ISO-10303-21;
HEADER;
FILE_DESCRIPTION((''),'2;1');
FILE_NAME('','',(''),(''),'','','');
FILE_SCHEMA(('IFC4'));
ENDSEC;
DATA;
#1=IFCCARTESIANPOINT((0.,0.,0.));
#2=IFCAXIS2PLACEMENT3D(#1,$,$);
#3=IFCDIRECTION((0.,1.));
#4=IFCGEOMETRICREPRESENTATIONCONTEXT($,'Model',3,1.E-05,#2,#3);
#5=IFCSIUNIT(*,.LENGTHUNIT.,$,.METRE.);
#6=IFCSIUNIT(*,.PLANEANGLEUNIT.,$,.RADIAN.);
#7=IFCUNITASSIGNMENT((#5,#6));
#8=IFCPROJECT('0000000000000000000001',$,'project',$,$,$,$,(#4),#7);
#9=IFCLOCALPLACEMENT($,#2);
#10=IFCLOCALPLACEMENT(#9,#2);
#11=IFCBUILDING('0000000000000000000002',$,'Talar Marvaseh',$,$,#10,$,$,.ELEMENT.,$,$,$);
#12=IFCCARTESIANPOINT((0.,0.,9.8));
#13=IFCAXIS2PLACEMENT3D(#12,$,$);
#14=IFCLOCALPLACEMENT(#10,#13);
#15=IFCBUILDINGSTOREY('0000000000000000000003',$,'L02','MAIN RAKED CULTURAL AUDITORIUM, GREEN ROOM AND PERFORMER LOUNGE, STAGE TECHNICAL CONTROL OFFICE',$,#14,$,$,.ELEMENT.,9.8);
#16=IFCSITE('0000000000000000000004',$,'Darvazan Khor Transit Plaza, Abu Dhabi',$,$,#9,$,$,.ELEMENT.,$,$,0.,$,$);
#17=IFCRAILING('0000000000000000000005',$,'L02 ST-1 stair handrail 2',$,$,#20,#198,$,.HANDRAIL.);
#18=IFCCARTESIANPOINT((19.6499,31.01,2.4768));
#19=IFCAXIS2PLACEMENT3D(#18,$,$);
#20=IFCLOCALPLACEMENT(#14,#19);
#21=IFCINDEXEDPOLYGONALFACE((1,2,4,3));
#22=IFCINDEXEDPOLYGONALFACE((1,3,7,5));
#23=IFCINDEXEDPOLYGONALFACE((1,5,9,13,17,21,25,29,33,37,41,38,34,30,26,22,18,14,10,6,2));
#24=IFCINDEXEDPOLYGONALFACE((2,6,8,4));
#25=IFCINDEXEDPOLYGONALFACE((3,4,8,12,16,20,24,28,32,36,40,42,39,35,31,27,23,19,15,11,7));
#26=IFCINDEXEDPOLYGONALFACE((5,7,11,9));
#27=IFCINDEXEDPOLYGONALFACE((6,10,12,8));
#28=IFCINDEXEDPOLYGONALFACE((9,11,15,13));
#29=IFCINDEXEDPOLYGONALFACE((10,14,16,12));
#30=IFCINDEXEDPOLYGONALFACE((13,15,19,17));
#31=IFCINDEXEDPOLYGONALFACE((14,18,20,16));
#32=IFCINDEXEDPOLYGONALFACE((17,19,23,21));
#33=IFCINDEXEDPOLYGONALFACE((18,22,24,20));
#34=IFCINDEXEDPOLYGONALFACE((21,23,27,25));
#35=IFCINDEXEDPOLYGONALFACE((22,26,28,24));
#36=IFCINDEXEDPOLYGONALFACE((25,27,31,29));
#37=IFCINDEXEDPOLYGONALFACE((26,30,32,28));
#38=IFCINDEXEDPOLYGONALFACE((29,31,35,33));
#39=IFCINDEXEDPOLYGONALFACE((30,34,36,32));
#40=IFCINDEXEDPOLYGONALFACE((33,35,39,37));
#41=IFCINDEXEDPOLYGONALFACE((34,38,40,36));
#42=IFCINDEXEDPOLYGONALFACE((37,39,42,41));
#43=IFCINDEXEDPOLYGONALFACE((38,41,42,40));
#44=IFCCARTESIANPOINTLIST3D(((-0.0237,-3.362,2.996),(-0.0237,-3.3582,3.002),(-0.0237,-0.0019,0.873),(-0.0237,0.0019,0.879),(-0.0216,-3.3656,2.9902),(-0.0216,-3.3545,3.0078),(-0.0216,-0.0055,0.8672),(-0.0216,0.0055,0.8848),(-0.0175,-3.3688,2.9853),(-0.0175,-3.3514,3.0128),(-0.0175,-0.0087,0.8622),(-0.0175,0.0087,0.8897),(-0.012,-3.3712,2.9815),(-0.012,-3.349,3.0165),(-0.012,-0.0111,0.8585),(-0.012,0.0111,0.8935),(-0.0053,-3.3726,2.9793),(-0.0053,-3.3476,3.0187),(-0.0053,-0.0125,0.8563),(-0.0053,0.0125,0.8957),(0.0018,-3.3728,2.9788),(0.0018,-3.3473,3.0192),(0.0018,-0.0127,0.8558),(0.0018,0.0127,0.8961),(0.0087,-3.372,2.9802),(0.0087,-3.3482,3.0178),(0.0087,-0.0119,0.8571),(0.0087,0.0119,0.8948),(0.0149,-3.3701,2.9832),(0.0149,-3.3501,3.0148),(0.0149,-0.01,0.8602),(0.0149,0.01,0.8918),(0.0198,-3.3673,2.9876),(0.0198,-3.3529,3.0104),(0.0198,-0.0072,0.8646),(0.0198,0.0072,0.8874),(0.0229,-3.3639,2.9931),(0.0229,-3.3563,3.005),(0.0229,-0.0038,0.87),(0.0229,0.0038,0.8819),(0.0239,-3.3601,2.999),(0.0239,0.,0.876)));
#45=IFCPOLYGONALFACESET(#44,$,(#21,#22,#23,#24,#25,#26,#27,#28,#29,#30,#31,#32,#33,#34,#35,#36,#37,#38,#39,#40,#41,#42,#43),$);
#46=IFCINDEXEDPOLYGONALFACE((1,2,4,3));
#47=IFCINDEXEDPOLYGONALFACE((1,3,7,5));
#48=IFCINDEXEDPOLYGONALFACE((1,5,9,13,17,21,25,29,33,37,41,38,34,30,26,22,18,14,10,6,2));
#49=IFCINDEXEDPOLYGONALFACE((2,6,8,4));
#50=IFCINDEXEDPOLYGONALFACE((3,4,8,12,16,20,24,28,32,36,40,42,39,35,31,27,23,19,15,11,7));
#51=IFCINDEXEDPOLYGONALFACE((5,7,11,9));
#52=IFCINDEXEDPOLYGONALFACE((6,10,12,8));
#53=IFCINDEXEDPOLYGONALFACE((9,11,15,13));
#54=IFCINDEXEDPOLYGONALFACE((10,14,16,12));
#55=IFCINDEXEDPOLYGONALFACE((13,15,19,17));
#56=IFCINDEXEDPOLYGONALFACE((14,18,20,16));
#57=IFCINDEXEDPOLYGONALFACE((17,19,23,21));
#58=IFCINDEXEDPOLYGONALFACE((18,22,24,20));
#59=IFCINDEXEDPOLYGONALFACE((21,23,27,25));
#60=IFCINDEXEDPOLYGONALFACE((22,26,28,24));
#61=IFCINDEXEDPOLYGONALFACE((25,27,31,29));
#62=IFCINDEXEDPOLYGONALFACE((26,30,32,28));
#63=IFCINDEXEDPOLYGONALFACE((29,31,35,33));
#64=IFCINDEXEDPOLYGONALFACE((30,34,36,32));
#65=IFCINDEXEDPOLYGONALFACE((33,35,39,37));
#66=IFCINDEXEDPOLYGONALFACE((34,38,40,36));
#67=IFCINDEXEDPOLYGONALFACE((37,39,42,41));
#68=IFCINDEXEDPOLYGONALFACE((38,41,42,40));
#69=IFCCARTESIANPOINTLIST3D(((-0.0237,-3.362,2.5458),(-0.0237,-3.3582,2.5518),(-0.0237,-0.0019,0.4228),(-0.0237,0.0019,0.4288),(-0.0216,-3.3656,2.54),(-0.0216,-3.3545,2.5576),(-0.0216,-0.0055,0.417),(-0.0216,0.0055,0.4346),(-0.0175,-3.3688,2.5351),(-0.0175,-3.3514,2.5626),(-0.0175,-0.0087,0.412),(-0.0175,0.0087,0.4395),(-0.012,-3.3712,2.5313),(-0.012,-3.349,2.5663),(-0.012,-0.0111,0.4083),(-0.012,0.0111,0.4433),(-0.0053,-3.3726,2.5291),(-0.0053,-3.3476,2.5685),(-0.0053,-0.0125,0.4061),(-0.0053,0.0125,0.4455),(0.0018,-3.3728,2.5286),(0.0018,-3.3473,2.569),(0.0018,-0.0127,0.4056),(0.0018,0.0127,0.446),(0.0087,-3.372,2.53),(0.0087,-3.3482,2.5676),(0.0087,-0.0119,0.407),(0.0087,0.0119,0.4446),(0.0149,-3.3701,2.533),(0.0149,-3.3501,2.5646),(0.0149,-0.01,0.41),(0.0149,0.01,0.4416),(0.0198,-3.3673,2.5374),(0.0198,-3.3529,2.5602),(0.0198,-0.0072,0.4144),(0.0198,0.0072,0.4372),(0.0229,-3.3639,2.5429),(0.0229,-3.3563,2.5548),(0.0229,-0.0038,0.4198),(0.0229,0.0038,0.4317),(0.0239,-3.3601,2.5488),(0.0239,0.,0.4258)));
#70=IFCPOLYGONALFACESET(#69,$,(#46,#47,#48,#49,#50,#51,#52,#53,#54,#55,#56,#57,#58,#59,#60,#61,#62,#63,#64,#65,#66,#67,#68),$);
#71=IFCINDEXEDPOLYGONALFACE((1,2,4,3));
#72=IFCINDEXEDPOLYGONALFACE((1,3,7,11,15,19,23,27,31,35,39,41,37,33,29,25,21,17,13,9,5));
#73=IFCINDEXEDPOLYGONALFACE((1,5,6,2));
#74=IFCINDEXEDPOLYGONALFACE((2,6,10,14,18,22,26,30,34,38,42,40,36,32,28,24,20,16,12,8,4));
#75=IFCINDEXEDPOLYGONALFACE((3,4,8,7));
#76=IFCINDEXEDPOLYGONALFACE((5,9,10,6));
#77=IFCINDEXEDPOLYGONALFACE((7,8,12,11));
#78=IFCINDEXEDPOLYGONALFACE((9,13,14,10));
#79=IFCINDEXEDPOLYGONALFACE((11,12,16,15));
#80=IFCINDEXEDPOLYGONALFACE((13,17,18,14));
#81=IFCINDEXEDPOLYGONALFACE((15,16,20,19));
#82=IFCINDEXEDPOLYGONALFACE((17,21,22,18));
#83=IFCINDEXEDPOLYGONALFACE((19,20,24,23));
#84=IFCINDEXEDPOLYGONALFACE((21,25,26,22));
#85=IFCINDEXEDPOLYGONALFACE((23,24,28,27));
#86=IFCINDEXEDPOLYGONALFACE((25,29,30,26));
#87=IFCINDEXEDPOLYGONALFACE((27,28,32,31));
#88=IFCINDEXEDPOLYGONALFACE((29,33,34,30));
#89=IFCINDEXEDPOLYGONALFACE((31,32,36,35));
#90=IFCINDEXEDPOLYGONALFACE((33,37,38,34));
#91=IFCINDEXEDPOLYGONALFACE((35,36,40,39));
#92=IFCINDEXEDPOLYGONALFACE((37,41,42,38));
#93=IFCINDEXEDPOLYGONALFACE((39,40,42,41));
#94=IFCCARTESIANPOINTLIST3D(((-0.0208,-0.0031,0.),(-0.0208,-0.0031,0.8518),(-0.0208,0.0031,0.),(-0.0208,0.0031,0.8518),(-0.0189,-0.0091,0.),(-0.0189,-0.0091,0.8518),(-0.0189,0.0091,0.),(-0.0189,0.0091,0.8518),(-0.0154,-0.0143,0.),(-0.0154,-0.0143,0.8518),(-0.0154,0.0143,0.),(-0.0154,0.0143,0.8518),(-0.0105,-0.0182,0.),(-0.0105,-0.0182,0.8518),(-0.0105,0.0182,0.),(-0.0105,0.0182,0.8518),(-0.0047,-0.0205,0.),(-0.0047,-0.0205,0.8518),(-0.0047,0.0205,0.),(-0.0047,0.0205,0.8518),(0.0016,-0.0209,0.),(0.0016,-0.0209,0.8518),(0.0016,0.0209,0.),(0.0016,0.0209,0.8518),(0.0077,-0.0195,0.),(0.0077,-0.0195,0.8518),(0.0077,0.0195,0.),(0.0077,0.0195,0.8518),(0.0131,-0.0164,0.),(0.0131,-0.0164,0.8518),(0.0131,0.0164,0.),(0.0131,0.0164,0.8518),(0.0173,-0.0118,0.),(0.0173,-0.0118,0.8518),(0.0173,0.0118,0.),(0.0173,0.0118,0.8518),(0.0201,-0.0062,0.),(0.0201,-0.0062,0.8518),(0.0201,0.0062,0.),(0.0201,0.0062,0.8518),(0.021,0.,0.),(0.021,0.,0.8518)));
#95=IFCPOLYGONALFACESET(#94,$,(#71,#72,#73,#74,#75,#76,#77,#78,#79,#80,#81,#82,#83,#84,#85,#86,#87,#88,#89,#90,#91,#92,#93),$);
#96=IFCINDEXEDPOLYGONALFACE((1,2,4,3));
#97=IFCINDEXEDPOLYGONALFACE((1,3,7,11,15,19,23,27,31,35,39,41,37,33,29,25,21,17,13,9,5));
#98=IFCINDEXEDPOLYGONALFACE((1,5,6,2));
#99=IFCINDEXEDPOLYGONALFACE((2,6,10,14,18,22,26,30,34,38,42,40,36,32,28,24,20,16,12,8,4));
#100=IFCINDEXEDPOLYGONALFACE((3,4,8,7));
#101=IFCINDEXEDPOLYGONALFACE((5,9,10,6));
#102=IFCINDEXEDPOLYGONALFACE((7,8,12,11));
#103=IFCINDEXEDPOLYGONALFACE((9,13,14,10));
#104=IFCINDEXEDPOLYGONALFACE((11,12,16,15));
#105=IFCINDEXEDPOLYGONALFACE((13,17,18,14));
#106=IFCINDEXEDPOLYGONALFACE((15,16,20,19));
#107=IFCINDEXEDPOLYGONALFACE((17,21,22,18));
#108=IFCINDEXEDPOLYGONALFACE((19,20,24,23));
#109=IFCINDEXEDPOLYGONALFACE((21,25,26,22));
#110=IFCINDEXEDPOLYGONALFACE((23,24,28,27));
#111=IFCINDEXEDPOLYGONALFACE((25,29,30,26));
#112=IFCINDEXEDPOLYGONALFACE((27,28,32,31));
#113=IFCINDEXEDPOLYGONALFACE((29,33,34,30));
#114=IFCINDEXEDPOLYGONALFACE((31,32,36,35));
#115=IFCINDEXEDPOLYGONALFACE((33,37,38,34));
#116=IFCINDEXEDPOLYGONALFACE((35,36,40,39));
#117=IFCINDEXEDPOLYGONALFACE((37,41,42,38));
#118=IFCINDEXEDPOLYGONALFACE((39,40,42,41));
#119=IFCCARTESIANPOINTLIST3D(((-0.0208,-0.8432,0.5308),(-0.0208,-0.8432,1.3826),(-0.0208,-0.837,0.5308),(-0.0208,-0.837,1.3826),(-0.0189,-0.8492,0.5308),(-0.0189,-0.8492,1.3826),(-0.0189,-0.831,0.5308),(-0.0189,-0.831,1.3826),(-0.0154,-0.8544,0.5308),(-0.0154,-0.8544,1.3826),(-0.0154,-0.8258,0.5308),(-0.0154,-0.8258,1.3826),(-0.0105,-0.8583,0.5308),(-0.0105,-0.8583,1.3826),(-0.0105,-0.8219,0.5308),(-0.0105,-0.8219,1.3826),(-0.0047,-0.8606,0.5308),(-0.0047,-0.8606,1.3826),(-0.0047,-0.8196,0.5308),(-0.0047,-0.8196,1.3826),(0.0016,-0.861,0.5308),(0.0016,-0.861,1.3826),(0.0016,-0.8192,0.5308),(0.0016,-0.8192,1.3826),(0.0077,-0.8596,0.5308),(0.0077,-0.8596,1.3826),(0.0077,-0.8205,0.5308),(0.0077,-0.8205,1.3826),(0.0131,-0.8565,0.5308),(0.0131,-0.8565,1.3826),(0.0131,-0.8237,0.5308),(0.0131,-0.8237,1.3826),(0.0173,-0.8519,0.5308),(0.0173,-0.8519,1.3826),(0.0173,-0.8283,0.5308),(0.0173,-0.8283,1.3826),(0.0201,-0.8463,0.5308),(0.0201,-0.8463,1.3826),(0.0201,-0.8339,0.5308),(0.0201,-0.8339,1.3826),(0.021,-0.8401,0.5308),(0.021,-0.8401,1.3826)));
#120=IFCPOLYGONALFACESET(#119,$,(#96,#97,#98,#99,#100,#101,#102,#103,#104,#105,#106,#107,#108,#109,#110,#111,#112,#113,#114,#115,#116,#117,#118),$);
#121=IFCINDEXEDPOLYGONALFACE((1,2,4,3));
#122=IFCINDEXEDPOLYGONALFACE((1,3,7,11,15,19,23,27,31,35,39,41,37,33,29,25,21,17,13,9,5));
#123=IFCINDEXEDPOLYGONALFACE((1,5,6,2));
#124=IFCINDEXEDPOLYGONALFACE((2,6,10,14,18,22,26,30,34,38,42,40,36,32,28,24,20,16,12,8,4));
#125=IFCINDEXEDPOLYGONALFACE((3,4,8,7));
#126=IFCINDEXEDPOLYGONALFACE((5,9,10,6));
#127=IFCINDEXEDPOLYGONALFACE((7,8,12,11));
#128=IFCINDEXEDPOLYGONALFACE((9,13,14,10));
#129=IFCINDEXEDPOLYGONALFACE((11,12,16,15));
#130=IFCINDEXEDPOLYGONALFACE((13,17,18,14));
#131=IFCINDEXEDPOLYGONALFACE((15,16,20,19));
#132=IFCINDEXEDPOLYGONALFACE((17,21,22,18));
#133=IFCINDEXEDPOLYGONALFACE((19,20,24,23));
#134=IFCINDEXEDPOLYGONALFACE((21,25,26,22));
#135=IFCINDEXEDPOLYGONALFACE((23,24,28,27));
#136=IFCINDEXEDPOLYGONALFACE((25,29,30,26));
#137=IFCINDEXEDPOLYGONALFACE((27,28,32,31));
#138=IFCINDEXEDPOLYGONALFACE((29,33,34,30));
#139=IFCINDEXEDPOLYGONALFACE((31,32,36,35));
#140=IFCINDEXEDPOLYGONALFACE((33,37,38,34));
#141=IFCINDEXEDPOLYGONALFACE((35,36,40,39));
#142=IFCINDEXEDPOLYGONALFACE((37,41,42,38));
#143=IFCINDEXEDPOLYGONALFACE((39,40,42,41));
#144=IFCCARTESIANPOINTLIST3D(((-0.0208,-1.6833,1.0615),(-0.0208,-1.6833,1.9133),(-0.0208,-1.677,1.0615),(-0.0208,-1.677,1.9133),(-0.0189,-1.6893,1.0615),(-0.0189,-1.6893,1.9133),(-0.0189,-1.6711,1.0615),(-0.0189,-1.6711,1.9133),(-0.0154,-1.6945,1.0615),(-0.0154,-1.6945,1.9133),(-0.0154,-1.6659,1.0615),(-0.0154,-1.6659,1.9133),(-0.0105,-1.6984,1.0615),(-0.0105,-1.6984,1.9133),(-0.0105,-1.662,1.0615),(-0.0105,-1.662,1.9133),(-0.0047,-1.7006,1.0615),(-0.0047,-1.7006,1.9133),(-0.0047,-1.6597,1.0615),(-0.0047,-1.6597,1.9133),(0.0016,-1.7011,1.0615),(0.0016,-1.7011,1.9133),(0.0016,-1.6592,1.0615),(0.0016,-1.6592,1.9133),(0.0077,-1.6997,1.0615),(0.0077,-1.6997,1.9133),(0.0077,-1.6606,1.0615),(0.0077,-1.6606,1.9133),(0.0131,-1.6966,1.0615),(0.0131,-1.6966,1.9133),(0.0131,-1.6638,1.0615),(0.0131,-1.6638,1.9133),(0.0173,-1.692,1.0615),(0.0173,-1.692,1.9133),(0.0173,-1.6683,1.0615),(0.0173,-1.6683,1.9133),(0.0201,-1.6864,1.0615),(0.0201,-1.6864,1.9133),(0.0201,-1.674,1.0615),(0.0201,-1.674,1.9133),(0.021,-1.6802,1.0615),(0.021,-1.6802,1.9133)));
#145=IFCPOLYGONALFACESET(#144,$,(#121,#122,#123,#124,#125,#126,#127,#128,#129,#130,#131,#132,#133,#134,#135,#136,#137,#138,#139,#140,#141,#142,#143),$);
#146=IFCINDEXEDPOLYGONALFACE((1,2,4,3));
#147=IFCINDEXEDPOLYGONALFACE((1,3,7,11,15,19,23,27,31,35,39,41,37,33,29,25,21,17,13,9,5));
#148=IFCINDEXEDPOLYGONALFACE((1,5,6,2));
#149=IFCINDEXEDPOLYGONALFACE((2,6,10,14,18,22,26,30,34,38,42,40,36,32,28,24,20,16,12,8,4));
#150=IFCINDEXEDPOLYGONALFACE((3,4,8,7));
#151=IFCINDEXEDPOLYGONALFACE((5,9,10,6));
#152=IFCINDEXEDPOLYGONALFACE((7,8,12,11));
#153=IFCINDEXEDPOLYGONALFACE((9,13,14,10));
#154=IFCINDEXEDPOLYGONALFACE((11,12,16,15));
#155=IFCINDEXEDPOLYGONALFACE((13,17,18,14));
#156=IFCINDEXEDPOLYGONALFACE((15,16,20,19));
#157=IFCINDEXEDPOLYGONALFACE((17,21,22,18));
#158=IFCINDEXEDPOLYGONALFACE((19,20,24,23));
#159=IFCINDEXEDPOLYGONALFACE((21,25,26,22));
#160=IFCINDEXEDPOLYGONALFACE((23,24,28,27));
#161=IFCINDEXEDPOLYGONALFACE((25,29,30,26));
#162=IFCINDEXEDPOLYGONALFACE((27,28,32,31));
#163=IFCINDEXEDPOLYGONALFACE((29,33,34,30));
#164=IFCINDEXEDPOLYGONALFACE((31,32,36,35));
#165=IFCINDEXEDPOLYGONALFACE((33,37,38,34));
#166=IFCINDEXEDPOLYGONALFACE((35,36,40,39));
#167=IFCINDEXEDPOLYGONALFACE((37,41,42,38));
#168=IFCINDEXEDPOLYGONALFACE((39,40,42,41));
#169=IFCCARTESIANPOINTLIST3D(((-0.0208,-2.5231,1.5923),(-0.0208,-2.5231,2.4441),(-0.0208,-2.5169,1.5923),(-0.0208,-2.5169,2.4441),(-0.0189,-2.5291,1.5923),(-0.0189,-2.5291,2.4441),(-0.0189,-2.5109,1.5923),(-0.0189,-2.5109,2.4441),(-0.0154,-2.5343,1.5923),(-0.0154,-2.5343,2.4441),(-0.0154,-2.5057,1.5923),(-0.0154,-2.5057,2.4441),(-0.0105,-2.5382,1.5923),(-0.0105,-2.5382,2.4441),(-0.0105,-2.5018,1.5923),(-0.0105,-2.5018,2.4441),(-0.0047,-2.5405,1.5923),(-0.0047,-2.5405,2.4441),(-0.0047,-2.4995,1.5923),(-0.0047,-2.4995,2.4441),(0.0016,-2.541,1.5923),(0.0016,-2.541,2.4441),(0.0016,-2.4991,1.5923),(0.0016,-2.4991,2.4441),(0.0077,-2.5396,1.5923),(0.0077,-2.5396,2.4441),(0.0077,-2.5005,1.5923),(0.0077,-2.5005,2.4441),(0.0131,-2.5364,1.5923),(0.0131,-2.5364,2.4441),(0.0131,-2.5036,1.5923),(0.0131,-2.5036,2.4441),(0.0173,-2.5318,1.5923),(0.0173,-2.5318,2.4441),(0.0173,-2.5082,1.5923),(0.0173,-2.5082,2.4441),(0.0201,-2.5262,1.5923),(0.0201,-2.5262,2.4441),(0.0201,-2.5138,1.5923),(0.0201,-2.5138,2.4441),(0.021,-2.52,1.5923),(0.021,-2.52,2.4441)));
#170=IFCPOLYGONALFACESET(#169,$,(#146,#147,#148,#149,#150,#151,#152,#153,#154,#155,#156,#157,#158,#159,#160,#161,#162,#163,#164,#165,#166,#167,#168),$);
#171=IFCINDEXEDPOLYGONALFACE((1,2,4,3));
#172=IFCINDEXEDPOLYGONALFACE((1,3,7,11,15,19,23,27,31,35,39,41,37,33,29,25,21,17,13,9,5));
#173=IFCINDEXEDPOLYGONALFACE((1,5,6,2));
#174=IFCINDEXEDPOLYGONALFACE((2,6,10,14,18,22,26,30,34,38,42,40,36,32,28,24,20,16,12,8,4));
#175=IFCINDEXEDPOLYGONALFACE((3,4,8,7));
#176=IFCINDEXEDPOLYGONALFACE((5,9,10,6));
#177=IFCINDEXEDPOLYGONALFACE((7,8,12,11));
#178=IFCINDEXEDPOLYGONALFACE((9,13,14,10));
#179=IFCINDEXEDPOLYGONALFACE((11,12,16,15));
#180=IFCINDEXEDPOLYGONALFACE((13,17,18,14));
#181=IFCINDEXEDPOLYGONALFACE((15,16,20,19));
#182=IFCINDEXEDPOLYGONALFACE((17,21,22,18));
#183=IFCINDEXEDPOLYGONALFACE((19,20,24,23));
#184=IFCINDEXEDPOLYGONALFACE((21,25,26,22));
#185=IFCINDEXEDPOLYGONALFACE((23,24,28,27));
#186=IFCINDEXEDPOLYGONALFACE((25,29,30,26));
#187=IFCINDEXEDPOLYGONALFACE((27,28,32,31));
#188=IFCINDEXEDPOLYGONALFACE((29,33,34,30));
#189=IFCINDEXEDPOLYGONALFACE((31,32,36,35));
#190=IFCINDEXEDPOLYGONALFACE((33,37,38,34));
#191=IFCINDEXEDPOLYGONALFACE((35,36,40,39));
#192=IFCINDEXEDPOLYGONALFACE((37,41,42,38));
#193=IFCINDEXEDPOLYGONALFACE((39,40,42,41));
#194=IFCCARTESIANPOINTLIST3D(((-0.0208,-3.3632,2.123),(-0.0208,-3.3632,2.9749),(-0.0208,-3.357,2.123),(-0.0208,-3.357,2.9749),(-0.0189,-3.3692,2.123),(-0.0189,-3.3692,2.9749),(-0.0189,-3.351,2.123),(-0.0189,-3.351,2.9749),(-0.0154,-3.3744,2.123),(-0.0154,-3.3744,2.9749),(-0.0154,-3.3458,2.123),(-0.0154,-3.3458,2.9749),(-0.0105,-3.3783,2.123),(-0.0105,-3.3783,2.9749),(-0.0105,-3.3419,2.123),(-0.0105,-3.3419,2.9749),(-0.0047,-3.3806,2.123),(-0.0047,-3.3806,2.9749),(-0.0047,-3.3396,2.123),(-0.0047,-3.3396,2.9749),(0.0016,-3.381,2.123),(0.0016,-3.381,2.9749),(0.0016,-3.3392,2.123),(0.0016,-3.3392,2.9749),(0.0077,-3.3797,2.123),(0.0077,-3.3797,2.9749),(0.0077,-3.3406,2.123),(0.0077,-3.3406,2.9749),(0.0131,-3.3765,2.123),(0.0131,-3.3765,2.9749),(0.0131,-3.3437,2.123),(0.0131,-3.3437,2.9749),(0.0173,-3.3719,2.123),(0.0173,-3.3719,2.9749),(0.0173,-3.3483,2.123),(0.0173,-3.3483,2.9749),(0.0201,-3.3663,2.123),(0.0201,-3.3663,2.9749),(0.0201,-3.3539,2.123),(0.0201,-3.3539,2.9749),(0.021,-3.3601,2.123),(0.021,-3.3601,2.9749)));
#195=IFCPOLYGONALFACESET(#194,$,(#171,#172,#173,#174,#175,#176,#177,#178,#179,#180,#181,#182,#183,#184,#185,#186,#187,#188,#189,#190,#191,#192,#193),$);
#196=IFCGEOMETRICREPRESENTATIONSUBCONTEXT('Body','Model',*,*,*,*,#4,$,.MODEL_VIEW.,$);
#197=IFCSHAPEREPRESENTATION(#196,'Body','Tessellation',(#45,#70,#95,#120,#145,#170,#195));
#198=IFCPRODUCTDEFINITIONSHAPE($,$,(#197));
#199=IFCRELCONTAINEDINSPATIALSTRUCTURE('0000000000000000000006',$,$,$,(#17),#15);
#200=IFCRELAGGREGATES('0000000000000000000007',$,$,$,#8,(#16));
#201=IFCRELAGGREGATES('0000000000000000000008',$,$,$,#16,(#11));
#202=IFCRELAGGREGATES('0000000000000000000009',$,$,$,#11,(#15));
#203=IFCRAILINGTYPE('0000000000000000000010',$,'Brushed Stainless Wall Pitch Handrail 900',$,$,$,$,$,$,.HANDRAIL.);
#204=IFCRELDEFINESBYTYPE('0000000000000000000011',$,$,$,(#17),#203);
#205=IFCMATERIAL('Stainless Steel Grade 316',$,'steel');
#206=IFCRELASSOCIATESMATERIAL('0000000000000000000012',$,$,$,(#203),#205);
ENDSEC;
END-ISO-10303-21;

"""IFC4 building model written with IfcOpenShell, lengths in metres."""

from ifc_helpers import new_model, si_unit, direction, frame, origin, origin_2d, place, context, subcontext, project, spatial, circle, extrude, material, type_object, element, save


model = new_model("IFC4")

# Units and contexts
model_context = context("Model", 3, precision=1e-05, world=origin(), true_north=direction((0.0, 1.0)))
body_context = subcontext(model_context, "Body", "Model", "MODEL_VIEW")
ifc_project = project(units=[si_unit("LENGTHUNIT", "METRE"), si_unit("PLANEANGLEUNIT", "RADIAN")], contexts=[model_context])

# Site, building, storey
site_placement = place(None, origin())
site = spatial("IfcSite", under=ifc_project, at=site_placement, Name="Darvazan Khor Transit Plaza, Abu Dhabi", CompositionType="ELEMENT", RefElevation=0.0)
building_placement = place(site_placement, origin())
building = spatial("IfcBuilding", under=site, at=building_placement, Name="Talar Marvaseh", CompositionType="ELEMENT")
storey_placement = place(building_placement, frame((0.0, 0.0, 9.8)))
storey = spatial("IfcBuildingStorey", under=building, at=storey_placement, Name="L02", Description="MAIN RAKED CULTURAL AUDITORIUM, GREEN ROOM AND PERFORMER LOUNGE, STAGE TECHNICAL CONTROL OFFICE", CompositionType="ELEMENT", Elevation=9.8)

# Shared definitions
ifc_material_1 = material(Name="Stainless Steel Grade 316", Category="steel")

# Railing
railing_type_1 = type_object("IfcRailingType", Name="Brushed Stainless Wall Pitch Handrail 900", PredefinedType="HANDRAIL", material=ifc_material_1)
railing_1_placement = place(storey_placement, frame((19.6499, 31.01, 2.4768)))
element("IfcRailing", 1, at=railing_1_placement, inside=storey, type_object=railing_type_1, Name="L02 ST-1 stair handrail 2", PredefinedType="HANDRAIL", context=body_context, shape_type="SweptSolid", body=[
    extrude(circle(Radius=0.0239, at=origin_2d()), frame((0.0, 0.0, 0.876), z_axis=(0.0, -0.84539, 0.53415), x_axis=(1.0, 0.0, 0.0)), (0.0, 0.0, 1.0), 3.9746),
    extrude(circle(Radius=0.0239, at=origin_2d()), frame((0.0, 0.0, 0.4258), z_axis=(0.0, -0.84539, 0.53415), x_axis=(1.0, 0.0, 0.0)), (0.0, 0.0, 1.0), 3.9746),
    extrude(circle(Radius=0.021, at=origin_2d()), origin(), (0.0, 0.0, 1.0), 0.8518),
    extrude(circle(Radius=0.021, at=origin_2d()), frame((0.0, -0.8401, 0.5308)), (0.0, 0.0, 1.0), 0.8518),
    extrude(circle(Radius=0.021, at=origin_2d()), frame((0.0, -1.6802, 1.0615)), (0.0, 0.0, 1.0), 0.8518),
    extrude(circle(Radius=0.021, at=origin_2d()), frame((0.0, -2.52, 1.5923)), (0.0, 0.0, 1.0), 0.8518),
    extrude(circle(Radius=0.021, at=origin_2d()), frame((0.0, -3.3601, 2.123)), (0.0, 0.0, 1.0), 0.8518),
])

save(model, "model.ifc")
